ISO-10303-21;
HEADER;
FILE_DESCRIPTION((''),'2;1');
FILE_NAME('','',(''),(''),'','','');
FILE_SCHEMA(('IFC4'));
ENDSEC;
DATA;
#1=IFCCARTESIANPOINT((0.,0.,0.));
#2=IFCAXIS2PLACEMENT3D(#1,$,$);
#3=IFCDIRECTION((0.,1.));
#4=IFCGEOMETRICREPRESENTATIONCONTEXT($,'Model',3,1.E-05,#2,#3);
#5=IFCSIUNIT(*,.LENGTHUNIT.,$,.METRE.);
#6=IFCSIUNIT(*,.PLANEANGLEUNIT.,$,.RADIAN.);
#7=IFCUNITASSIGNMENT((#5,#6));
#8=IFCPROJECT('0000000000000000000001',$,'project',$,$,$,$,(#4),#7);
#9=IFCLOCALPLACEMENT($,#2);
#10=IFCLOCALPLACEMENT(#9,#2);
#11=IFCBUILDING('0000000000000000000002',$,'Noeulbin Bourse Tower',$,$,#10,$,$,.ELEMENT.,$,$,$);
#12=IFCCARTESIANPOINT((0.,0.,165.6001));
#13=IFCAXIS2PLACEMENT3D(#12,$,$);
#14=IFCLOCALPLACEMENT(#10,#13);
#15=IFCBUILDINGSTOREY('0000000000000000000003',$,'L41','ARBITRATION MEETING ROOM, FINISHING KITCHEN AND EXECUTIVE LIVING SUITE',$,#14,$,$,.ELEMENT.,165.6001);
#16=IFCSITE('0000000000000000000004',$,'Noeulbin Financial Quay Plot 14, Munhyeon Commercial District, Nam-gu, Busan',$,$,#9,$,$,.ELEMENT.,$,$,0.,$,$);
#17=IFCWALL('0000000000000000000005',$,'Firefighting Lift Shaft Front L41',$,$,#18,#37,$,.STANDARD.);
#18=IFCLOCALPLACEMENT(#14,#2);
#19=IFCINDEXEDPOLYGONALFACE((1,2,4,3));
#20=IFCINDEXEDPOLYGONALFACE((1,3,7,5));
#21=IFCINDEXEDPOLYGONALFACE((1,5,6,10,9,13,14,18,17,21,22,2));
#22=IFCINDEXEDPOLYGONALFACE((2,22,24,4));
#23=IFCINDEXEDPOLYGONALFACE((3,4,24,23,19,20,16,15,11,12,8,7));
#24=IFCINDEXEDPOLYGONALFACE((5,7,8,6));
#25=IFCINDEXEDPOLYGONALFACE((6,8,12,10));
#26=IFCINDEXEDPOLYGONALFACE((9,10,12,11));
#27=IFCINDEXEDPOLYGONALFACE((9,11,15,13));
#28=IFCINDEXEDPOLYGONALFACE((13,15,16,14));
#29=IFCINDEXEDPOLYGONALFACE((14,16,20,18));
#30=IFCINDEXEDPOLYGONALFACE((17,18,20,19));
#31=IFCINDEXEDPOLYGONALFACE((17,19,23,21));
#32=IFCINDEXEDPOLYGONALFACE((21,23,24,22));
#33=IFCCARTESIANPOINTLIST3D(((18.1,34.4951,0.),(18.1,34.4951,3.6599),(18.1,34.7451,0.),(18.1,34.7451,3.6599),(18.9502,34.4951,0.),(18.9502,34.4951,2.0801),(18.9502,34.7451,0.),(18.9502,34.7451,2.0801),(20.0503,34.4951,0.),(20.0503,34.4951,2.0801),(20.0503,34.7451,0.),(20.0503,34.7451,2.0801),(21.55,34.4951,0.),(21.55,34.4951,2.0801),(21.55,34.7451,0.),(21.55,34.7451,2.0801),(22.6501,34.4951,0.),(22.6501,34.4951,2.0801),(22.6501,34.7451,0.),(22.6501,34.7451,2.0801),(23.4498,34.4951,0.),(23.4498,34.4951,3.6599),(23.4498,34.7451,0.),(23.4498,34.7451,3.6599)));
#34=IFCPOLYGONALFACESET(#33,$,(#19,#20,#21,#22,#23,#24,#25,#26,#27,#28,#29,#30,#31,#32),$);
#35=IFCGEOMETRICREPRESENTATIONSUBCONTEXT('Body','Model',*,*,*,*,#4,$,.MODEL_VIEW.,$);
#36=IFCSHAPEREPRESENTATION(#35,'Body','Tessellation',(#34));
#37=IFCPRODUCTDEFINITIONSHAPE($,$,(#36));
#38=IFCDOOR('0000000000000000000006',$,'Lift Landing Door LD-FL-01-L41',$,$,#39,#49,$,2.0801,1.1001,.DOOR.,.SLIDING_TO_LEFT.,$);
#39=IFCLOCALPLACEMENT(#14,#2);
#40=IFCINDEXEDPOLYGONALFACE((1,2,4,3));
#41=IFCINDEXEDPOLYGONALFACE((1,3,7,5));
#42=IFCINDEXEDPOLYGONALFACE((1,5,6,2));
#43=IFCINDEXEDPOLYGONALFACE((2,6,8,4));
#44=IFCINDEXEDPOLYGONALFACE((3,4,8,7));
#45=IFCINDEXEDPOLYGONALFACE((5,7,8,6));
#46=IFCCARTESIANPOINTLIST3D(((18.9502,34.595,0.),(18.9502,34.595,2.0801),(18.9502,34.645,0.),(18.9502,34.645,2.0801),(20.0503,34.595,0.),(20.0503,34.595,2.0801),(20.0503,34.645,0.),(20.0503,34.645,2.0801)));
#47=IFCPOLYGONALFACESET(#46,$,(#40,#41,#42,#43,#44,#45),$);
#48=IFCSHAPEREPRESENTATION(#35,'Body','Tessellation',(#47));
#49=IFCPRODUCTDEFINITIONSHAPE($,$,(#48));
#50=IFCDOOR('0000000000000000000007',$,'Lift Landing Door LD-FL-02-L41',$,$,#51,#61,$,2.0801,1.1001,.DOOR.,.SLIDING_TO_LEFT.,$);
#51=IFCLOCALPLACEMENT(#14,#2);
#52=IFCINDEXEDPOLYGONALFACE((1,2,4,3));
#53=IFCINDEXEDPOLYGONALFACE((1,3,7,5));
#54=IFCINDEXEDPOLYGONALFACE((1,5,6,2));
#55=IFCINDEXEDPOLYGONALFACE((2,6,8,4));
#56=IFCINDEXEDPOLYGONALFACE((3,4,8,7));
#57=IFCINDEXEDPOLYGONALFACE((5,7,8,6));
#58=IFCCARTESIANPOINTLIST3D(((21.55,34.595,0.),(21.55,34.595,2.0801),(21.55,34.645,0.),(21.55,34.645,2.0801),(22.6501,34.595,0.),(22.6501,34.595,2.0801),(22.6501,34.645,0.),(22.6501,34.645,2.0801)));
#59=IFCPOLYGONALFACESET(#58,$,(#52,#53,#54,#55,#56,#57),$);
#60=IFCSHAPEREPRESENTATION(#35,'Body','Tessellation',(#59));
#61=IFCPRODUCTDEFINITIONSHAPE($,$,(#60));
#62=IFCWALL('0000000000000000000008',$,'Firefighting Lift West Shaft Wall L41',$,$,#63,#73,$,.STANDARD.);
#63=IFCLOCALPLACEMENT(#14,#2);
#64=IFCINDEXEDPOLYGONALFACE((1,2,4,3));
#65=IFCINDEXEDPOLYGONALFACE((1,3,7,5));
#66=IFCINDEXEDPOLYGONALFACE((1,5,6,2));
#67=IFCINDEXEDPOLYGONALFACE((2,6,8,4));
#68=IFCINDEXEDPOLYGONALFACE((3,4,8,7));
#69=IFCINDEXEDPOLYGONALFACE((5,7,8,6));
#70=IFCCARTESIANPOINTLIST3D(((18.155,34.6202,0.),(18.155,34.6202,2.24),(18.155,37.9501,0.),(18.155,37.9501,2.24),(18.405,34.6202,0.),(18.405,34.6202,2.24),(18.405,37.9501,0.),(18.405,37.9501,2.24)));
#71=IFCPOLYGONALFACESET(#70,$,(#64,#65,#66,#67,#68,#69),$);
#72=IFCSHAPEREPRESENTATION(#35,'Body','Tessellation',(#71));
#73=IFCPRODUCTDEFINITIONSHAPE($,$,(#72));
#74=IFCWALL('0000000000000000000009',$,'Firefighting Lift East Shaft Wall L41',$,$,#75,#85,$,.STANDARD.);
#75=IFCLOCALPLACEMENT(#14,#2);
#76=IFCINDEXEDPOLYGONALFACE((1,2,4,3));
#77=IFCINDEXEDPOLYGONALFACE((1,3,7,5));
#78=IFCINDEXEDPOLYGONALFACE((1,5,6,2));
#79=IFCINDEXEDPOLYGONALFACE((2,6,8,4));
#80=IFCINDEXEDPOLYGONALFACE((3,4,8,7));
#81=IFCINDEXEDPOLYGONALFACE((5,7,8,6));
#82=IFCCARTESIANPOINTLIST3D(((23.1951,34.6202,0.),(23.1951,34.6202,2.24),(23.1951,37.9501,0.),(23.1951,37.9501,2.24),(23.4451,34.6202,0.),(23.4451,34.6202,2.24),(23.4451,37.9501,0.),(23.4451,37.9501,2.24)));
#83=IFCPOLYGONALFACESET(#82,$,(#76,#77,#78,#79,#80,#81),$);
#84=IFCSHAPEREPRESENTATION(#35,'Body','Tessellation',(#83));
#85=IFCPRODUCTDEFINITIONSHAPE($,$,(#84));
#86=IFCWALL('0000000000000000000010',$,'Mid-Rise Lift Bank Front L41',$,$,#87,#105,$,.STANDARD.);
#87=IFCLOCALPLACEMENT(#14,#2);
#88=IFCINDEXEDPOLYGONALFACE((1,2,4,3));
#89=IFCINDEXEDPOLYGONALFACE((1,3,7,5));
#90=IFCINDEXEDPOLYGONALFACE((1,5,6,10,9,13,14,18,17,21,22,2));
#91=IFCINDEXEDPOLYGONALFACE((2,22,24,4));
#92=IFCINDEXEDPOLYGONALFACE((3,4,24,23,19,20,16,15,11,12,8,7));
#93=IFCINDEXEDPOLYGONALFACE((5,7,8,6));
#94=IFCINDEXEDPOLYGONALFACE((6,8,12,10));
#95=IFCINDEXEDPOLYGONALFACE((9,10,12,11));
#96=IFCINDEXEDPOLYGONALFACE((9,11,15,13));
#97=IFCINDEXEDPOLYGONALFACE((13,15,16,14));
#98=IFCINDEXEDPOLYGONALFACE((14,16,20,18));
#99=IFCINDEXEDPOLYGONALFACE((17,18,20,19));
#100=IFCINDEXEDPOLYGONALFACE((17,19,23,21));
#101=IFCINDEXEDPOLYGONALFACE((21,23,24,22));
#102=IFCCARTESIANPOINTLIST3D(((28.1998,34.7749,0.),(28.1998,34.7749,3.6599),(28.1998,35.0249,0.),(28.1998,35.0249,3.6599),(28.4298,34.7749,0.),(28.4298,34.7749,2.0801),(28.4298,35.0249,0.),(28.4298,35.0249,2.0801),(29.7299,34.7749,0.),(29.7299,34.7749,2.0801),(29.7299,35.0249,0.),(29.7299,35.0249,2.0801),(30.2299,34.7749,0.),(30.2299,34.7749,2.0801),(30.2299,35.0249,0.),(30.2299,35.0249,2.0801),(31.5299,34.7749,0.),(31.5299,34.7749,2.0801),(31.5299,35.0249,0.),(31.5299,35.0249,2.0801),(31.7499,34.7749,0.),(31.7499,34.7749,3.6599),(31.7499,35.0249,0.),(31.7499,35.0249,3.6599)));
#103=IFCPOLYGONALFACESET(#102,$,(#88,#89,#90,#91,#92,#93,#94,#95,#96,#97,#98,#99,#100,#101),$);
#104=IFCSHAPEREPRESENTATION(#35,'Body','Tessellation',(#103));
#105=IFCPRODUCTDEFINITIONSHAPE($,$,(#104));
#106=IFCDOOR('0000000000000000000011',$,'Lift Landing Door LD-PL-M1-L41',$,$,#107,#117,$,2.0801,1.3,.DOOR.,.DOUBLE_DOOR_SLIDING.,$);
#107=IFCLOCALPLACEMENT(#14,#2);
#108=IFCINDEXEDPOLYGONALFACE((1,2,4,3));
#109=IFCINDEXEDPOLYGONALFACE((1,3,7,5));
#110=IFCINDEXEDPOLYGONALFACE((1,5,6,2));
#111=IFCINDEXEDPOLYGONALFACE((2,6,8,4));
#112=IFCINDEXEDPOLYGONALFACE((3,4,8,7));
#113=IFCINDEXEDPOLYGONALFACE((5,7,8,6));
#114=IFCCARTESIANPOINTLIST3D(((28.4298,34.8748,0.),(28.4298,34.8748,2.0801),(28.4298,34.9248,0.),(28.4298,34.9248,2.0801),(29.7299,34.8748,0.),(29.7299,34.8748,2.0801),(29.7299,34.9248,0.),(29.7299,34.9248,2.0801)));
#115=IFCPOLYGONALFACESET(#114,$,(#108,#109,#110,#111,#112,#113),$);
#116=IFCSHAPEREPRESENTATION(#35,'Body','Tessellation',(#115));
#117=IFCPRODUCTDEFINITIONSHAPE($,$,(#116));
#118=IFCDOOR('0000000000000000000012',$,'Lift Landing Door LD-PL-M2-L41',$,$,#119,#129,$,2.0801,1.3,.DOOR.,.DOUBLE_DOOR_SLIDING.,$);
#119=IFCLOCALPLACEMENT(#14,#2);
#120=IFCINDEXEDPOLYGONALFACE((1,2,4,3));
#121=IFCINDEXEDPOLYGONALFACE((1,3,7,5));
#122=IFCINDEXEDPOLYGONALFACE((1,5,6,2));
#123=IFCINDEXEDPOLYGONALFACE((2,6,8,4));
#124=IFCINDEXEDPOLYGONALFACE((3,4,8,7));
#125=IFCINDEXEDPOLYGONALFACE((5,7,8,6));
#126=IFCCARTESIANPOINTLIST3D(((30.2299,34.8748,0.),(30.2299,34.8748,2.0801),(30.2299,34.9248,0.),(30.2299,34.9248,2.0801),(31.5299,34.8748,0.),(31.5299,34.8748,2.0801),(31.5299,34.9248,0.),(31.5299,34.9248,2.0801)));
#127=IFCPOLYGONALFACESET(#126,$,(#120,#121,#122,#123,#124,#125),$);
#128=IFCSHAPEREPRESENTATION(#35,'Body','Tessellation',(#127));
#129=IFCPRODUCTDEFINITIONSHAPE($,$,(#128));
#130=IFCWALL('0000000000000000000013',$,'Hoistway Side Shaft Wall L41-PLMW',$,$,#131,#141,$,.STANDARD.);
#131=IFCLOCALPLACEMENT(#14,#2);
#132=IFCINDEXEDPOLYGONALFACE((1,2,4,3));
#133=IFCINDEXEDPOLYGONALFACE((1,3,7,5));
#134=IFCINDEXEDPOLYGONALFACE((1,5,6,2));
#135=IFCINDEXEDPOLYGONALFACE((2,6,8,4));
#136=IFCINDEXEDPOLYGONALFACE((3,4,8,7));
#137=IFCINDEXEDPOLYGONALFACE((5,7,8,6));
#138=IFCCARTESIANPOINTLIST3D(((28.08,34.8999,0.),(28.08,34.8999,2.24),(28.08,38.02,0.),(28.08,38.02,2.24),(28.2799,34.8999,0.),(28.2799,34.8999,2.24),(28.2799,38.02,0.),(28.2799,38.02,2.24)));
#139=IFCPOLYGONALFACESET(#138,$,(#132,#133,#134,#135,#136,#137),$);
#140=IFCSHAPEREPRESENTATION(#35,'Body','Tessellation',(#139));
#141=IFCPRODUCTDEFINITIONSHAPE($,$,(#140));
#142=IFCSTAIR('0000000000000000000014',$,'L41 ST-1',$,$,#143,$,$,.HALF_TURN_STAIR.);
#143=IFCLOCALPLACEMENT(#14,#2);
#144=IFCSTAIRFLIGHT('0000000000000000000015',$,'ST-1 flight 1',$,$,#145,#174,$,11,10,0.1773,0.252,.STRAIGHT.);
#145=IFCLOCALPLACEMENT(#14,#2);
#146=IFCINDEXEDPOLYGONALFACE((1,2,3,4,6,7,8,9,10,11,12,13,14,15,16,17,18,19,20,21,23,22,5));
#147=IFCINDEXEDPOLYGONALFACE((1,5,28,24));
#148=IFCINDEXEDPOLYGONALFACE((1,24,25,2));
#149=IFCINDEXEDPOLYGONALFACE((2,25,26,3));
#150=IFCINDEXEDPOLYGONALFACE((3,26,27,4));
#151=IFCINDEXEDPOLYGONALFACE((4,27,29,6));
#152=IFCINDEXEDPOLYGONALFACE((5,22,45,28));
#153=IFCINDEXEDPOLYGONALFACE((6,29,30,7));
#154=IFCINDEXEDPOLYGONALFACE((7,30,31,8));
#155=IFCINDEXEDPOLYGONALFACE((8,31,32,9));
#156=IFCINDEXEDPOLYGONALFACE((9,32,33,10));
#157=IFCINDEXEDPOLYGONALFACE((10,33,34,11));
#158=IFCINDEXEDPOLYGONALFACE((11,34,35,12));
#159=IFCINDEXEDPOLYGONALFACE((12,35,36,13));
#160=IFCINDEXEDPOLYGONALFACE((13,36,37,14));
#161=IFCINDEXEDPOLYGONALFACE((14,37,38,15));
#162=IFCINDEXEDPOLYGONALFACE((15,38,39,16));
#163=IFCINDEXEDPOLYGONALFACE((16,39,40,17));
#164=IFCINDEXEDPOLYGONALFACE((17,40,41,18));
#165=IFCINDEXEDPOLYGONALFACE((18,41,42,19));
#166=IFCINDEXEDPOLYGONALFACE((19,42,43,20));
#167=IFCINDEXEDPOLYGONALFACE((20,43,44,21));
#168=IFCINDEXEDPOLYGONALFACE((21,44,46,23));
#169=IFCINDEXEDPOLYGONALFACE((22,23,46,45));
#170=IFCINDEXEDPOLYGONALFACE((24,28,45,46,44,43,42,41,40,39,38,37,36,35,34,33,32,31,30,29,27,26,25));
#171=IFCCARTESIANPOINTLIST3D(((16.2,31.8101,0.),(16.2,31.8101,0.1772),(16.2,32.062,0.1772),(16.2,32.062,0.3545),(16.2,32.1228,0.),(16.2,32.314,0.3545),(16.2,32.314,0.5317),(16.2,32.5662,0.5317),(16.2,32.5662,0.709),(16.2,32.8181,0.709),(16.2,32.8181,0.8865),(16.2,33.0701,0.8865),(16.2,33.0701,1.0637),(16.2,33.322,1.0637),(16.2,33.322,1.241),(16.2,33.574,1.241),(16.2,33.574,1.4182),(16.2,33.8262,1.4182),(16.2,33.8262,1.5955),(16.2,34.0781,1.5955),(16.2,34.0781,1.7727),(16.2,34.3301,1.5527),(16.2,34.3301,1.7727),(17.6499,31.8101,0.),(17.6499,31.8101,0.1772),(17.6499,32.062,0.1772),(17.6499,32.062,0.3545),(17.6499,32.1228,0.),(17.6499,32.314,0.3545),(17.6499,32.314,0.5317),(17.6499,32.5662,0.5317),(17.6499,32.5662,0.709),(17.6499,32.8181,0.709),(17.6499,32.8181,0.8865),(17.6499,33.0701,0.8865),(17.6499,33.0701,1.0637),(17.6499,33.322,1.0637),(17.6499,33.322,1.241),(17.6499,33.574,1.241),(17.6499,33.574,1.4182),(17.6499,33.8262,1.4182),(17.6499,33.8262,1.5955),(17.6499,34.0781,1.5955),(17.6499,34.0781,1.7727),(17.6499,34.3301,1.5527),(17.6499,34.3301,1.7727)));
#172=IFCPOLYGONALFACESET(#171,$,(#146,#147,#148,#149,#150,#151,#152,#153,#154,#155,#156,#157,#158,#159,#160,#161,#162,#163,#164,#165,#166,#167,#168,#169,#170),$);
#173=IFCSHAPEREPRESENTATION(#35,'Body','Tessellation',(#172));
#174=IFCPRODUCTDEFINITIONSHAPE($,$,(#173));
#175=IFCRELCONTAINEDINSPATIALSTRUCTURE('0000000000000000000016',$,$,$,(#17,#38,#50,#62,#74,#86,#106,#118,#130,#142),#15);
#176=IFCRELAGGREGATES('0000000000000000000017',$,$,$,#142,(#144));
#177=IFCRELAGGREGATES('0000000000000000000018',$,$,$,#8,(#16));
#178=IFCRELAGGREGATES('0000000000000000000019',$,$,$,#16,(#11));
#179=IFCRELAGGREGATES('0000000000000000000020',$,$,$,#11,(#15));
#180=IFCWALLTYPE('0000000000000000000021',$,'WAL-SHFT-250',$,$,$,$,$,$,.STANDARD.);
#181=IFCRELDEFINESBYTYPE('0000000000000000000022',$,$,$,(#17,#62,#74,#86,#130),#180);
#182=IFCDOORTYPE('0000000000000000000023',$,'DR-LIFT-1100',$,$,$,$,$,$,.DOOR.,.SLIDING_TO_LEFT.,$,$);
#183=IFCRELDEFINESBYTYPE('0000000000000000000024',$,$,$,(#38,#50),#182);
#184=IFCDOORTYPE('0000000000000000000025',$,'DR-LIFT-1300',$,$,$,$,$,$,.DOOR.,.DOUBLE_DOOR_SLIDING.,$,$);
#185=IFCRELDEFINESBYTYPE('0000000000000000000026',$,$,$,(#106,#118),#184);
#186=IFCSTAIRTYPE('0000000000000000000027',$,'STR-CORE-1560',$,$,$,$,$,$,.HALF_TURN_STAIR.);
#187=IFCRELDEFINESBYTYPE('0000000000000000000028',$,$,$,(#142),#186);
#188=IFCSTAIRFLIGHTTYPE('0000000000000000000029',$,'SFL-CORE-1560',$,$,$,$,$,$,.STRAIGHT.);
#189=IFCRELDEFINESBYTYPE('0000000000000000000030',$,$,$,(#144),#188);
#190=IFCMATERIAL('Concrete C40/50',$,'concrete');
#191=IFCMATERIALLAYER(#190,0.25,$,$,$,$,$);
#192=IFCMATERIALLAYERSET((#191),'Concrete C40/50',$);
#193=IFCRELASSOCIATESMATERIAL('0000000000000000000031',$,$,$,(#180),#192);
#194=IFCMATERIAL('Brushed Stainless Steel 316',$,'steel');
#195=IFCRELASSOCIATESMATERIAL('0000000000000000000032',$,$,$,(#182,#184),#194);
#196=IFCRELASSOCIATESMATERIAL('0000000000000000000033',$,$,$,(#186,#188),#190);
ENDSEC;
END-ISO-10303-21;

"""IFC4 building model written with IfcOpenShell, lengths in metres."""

from ifc_helpers import new_model, si_unit, direction, frame, frame_2d, origin, place, context, subcontext, project, spatial, polyline, rectangle, outline, extrude, material, layer, layer_set, type_object, element, fill, aggregate, save


model = new_model("IFC4")

# Units and contexts
model_context = context("Model", 3, precision=1e-05, world=origin(), true_north=direction((0.0, 1.0)))
body_context = subcontext(model_context, "Body", "Model", "MODEL_VIEW")
ifc_project = project(units=[si_unit("LENGTHUNIT", "METRE"), si_unit("PLANEANGLEUNIT", "RADIAN")], contexts=[model_context])

# Site, building, storey
site_placement = place(None, origin())
site = spatial("IfcSite", under=ifc_project, at=site_placement, Name="Noeulbin Financial Quay Plot 14, Munhyeon Commercial District, Nam-gu, Busan", CompositionType="ELEMENT", RefElevation=0.0)
building_placement = place(site_placement, origin())
building = spatial("IfcBuilding", under=site, at=building_placement, Name="Noeulbin Bourse Tower", CompositionType="ELEMENT")
storey_placement = place(building_placement, frame((0.0, 0.0, 165.6001)))
storey = spatial("IfcBuildingStorey", under=building, at=storey_placement, Name="L41", Description="ARBITRATION MEETING ROOM, FINISHING KITCHEN AND EXECUTIVE LIVING SUITE", CompositionType="ELEMENT", Elevation=165.6001)

# Shared definitions
ifc_material_1 = material(Name="Concrete C40/50", Category="concrete")

# Shared definitions
ifc_layer_1 = layer(ifc_material_1, 0.25)
ifc_layer_set_1 = layer_set([ifc_layer_1], Name="Concrete C40/50")
wall_type_1 = type_object("IfcWallType", Name="WAL-SHFT-250", PredefinedType="STANDARD", material=ifc_layer_set_1)

# Wall, openings, doors
wall_1_placement = place(storey_placement, frame((18.1001, 34.6201, 0.0), z_axis=(0.0, 0.0, 1.0), x_axis=(1.0, 0.0, 0.0)))
wall_1 = element("IfcWall", 1, at=wall_1_placement, inside=storey, type_object=wall_type_1, Name="Firefighting Lift Shaft Front L41", PredefinedType="STANDARD", context=body_context, shape_type="SweptSolid", body=[
    extrude(rectangle(XDim=5.3499, YDim=0.25, at=frame_2d((2.6748, 0.0))), origin(), (0.0, 0.0, 1.0), 3.6599),
])
opening_1_placement = place(wall_1_placement, frame((0.8501, 0.0, 0.0)))
opening_1 = element("IfcOpeningElement", 2, at=opening_1_placement, cuts=wall_1, PredefinedType="OPENING", context=body_context, shape_type="SweptSolid", body=[
    extrude(rectangle(XDim=1.1001, YDim=2.0801, at=frame_2d((0.55, 1.04))), frame((0.0, 0.135, 0.0), z_axis=(0.0, -1.0, 0.0), x_axis=(1.0, 0.0, 0.0)), (0.0, 0.0, 1.0), 0.27),
])
opening_2_placement = place(wall_1_placement, frame((3.45, 0.0, 0.0)))
opening_2 = element("IfcOpeningElement", 3, at=opening_2_placement, cuts=wall_1, PredefinedType="OPENING", context=body_context, shape_type="SweptSolid", body=[
    extrude(rectangle(XDim=1.1001, YDim=2.0801, at=frame_2d((0.55, 1.04))), frame((0.0, 0.135, 0.0), z_axis=(0.0, -1.0, 0.0), x_axis=(1.0, 0.0, 0.0)), (0.0, 0.0, 1.0), 0.27),
])
ifc_material_2 = material(Name="Brushed Stainless Steel 316", Category="steel")
door_type_1 = type_object("IfcDoorType", Name="DR-LIFT-1100", OperationType="SLIDING_TO_LEFT", PredefinedType="DOOR", material=ifc_material_2)
door_1_placement = place(opening_1_placement, origin())
door_1 = element("IfcDoor", 4, at=door_1_placement, inside=storey, type_object=door_type_1, Name="Lift Landing Door LD-FL-01-L41", OperationType="SLIDING_TO_LEFT", OverallHeight=2.0801, OverallWidth=1.1001, PredefinedType="DOOR", context=body_context, shape_type="SweptSolid", body=[
    extrude(rectangle(XDim=1.1001, YDim=2.0801, at=frame_2d((0.55, 1.04))), frame((0.0, 0.0249, 0.0), z_axis=(0.0, -1.0, 0.0), x_axis=(1.0, 0.0, 0.0)), (0.0, 0.0, 1.0), 0.05),
])
fill(opening_1, door_1)
door_2_placement = place(opening_2_placement, origin())
door_2 = element("IfcDoor", 5, at=door_2_placement, inside=storey, type_object=door_type_1, Name="Lift Landing Door LD-FL-02-L41", OperationType="SLIDING_TO_LEFT", OverallHeight=2.0801, OverallWidth=1.1001, PredefinedType="DOOR", context=body_context, shape_type="SweptSolid", body=[
    extrude(rectangle(XDim=1.1001, YDim=2.0801, at=frame_2d((0.55, 1.04))), frame((0.0, 0.0249, 0.0), z_axis=(0.0, -1.0, 0.0), x_axis=(1.0, 0.0, 0.0)), (0.0, 0.0, 1.0), 0.05),
])
fill(opening_2, door_2)

# Walls
for number, where, z_axis, x_axis, name in (
    (6, (18.28, 34.6201, 0.0), (0.0, 0.0, 1.0), (0.0, 1.0, 0.0), "Firefighting Lift West Shaft Wall L41"),
    (7, (23.3201, 34.6201, 0.0), (0.0, 0.0, 1.0), (0.0, 1.0, 0.0), "Firefighting Lift East Shaft Wall L41"),
):
    element("IfcWall", number, at=place(storey_placement, frame(where, z_axis=z_axis, x_axis=x_axis)), inside=storey, type_object=wall_type_1, Name=name, PredefinedType="STANDARD", context=body_context, shape_type="SweptSolid", body=[
        extrude(rectangle(XDim=3.3298, YDim=0.25, at=frame_2d((1.665, 0.0))), origin(), (0.0, 0.0, 1.0), 2.24),
    ])

# Wall, openings, doors
wall_2_placement = place(storey_placement, frame((28.2, 34.8999, 0.0), z_axis=(0.0, 0.0, 1.0), x_axis=(1.0, 0.0, 0.0)))
wall_2 = element("IfcWall", 8, at=wall_2_placement, inside=storey, type_object=wall_type_1, Name="Mid-Rise Lift Bank Front L41", PredefinedType="STANDARD", context=body_context, shape_type="SweptSolid", body=[
    extrude(rectangle(XDim=3.55, YDim=0.25, at=frame_2d((1.7749, 0.0))), origin(), (0.0, 0.0, 1.0), 3.6599),
])
opening_3_placement = place(wall_2_placement, frame((0.23, 0.0, 0.0)))
opening_3 = element("IfcOpeningElement", 9, at=opening_3_placement, cuts=wall_2, PredefinedType="OPENING", context=body_context, shape_type="SweptSolid", body=[
    extrude(rectangle(XDim=1.3, YDim=2.0801, at=frame_2d((0.6499, 1.04))), frame((0.0, 0.135, 0.0), z_axis=(0.0, -1.0, 0.0), x_axis=(1.0, 0.0, 0.0)), (0.0, 0.0, 1.0), 0.27),
])
opening_4_placement = place(wall_2_placement, frame((2.03, 0.0, 0.0)))
opening_4 = element("IfcOpeningElement", 10, at=opening_4_placement, cuts=wall_2, PredefinedType="OPENING", context=body_context, shape_type="SweptSolid", body=[
    extrude(rectangle(XDim=1.3, YDim=2.0801, at=frame_2d((0.6499, 1.04))), frame((0.0, 0.135, 0.0), z_axis=(0.0, -1.0, 0.0), x_axis=(1.0, 0.0, 0.0)), (0.0, 0.0, 1.0), 0.27),
])
door_type_2 = type_object("IfcDoorType", Name="DR-LIFT-1300", OperationType="DOUBLE_DOOR_SLIDING", PredefinedType="DOOR", material=ifc_material_2)
door_3_placement = place(opening_3_placement, origin())
door_3 = element("IfcDoor", 11, at=door_3_placement, inside=storey, type_object=door_type_2, Name="Lift Landing Door LD-PL-M1-L41", OperationType="DOUBLE_DOOR_SLIDING", OverallHeight=2.0801, OverallWidth=1.3, PredefinedType="DOOR", context=body_context, shape_type="SweptSolid", body=[
    extrude(rectangle(XDim=1.3, YDim=2.0801, at=frame_2d((0.6499, 1.04))), frame((0.0, 0.0249, 0.0), z_axis=(0.0, -1.0, 0.0), x_axis=(1.0, 0.0, 0.0)), (0.0, 0.0, 1.0), 0.05),
])
fill(opening_3, door_3)
door_4_placement = place(opening_4_placement, origin())
door_4 = element("IfcDoor", 12, at=door_4_placement, inside=storey, type_object=door_type_2, Name="Lift Landing Door LD-PL-M2-L41", OperationType="DOUBLE_DOOR_SLIDING", OverallHeight=2.0801, OverallWidth=1.3, PredefinedType="DOOR", context=body_context, shape_type="SweptSolid", body=[
    extrude(rectangle(XDim=1.3, YDim=2.0801, at=frame_2d((0.6499, 1.04))), frame((0.0, 0.0249, 0.0), z_axis=(0.0, -1.0, 0.0), x_axis=(1.0, 0.0, 0.0)), (0.0, 0.0, 1.0), 0.05),
])
fill(opening_4, door_4)

# Wall
wall_3_placement = place(storey_placement, frame((28.1799, 34.8999, 0.0), z_axis=(0.0, 0.0, 1.0), x_axis=(0.0, 1.0, 0.0)))
element("IfcWall", 13, at=wall_3_placement, inside=storey, type_object=wall_type_1, Name="Hoistway Side Shaft Wall L41-PLMW", PredefinedType="STANDARD", context=body_context, shape_type="SweptSolid", body=[
    extrude(rectangle(XDim=3.1201, YDim=0.2, at=frame_2d((1.5601, 0.0))), origin(), (0.0, 0.0, 1.0), 2.24),
])

# Stair, stair flight
stair_type = type_object("IfcStairType", Name="STR-CORE-1560", PredefinedType="HALF_TURN_STAIR", material=ifc_material_1)
stair_placement = place(storey_placement, origin())
stair = element("IfcStair", 14, at=stair_placement, inside=storey, type_object=stair_type, Name="L41 ST-1", PredefinedType="HALF_TURN_STAIR")
stair_flight_type = type_object("IfcStairFlightType", Name="SFL-CORE-1560", PredefinedType="STRAIGHT", material=ifc_material_1)
stair_flight_1_placement = place(storey_placement, frame((16.925, 31.8101, 0.0), z_axis=(0.0, 0.0, 1.0), x_axis=(0.0, 1.0, 0.0)))
stair_flight_1 = element("IfcStairFlight", 15, at=stair_flight_1_placement, type_object=stair_flight_type, Name="ST-1 flight 1", NumberOfRisers=11, NumberOfTreads=10, PredefinedType="STRAIGHT", RiserHeight=0.1773, TreadLength=0.252, context=body_context, shape_type="SweptSolid", body=[
    extrude(outline(polyline([(0.0, 0.0), (0.0, 0.1772), (0.252, 0.1772), (0.252, 0.3545), (0.5039, 0.3545), (0.5039, 0.5317), (0.7561, 0.5317), (0.7561, 0.709), (1.0081, 0.709), (1.0081, 0.8865), (1.26, 0.8865), (1.26, 1.0637), (1.512, 1.0637), (1.512, 1.241), (1.7639, 1.241), (1.7639, 1.4182), (2.0161, 1.4182), (2.0161, 1.5955), (2.2681, 1.5955), (2.2681, 1.7727), (2.52, 1.7727), (2.52, 1.95), (2.52, 1.5527), (0.3127, 0.0), (0.0, 0.0)])), frame((0.0, 0.7251, 0.0), z_axis=(0.0, -1.0, 0.0), x_axis=(1.0, 0.0, 0.0)), (0.0, 0.0, 1.0), 1.45),
])
aggregate(stair, [stair_flight_1])

save(model, "model.ifc")
